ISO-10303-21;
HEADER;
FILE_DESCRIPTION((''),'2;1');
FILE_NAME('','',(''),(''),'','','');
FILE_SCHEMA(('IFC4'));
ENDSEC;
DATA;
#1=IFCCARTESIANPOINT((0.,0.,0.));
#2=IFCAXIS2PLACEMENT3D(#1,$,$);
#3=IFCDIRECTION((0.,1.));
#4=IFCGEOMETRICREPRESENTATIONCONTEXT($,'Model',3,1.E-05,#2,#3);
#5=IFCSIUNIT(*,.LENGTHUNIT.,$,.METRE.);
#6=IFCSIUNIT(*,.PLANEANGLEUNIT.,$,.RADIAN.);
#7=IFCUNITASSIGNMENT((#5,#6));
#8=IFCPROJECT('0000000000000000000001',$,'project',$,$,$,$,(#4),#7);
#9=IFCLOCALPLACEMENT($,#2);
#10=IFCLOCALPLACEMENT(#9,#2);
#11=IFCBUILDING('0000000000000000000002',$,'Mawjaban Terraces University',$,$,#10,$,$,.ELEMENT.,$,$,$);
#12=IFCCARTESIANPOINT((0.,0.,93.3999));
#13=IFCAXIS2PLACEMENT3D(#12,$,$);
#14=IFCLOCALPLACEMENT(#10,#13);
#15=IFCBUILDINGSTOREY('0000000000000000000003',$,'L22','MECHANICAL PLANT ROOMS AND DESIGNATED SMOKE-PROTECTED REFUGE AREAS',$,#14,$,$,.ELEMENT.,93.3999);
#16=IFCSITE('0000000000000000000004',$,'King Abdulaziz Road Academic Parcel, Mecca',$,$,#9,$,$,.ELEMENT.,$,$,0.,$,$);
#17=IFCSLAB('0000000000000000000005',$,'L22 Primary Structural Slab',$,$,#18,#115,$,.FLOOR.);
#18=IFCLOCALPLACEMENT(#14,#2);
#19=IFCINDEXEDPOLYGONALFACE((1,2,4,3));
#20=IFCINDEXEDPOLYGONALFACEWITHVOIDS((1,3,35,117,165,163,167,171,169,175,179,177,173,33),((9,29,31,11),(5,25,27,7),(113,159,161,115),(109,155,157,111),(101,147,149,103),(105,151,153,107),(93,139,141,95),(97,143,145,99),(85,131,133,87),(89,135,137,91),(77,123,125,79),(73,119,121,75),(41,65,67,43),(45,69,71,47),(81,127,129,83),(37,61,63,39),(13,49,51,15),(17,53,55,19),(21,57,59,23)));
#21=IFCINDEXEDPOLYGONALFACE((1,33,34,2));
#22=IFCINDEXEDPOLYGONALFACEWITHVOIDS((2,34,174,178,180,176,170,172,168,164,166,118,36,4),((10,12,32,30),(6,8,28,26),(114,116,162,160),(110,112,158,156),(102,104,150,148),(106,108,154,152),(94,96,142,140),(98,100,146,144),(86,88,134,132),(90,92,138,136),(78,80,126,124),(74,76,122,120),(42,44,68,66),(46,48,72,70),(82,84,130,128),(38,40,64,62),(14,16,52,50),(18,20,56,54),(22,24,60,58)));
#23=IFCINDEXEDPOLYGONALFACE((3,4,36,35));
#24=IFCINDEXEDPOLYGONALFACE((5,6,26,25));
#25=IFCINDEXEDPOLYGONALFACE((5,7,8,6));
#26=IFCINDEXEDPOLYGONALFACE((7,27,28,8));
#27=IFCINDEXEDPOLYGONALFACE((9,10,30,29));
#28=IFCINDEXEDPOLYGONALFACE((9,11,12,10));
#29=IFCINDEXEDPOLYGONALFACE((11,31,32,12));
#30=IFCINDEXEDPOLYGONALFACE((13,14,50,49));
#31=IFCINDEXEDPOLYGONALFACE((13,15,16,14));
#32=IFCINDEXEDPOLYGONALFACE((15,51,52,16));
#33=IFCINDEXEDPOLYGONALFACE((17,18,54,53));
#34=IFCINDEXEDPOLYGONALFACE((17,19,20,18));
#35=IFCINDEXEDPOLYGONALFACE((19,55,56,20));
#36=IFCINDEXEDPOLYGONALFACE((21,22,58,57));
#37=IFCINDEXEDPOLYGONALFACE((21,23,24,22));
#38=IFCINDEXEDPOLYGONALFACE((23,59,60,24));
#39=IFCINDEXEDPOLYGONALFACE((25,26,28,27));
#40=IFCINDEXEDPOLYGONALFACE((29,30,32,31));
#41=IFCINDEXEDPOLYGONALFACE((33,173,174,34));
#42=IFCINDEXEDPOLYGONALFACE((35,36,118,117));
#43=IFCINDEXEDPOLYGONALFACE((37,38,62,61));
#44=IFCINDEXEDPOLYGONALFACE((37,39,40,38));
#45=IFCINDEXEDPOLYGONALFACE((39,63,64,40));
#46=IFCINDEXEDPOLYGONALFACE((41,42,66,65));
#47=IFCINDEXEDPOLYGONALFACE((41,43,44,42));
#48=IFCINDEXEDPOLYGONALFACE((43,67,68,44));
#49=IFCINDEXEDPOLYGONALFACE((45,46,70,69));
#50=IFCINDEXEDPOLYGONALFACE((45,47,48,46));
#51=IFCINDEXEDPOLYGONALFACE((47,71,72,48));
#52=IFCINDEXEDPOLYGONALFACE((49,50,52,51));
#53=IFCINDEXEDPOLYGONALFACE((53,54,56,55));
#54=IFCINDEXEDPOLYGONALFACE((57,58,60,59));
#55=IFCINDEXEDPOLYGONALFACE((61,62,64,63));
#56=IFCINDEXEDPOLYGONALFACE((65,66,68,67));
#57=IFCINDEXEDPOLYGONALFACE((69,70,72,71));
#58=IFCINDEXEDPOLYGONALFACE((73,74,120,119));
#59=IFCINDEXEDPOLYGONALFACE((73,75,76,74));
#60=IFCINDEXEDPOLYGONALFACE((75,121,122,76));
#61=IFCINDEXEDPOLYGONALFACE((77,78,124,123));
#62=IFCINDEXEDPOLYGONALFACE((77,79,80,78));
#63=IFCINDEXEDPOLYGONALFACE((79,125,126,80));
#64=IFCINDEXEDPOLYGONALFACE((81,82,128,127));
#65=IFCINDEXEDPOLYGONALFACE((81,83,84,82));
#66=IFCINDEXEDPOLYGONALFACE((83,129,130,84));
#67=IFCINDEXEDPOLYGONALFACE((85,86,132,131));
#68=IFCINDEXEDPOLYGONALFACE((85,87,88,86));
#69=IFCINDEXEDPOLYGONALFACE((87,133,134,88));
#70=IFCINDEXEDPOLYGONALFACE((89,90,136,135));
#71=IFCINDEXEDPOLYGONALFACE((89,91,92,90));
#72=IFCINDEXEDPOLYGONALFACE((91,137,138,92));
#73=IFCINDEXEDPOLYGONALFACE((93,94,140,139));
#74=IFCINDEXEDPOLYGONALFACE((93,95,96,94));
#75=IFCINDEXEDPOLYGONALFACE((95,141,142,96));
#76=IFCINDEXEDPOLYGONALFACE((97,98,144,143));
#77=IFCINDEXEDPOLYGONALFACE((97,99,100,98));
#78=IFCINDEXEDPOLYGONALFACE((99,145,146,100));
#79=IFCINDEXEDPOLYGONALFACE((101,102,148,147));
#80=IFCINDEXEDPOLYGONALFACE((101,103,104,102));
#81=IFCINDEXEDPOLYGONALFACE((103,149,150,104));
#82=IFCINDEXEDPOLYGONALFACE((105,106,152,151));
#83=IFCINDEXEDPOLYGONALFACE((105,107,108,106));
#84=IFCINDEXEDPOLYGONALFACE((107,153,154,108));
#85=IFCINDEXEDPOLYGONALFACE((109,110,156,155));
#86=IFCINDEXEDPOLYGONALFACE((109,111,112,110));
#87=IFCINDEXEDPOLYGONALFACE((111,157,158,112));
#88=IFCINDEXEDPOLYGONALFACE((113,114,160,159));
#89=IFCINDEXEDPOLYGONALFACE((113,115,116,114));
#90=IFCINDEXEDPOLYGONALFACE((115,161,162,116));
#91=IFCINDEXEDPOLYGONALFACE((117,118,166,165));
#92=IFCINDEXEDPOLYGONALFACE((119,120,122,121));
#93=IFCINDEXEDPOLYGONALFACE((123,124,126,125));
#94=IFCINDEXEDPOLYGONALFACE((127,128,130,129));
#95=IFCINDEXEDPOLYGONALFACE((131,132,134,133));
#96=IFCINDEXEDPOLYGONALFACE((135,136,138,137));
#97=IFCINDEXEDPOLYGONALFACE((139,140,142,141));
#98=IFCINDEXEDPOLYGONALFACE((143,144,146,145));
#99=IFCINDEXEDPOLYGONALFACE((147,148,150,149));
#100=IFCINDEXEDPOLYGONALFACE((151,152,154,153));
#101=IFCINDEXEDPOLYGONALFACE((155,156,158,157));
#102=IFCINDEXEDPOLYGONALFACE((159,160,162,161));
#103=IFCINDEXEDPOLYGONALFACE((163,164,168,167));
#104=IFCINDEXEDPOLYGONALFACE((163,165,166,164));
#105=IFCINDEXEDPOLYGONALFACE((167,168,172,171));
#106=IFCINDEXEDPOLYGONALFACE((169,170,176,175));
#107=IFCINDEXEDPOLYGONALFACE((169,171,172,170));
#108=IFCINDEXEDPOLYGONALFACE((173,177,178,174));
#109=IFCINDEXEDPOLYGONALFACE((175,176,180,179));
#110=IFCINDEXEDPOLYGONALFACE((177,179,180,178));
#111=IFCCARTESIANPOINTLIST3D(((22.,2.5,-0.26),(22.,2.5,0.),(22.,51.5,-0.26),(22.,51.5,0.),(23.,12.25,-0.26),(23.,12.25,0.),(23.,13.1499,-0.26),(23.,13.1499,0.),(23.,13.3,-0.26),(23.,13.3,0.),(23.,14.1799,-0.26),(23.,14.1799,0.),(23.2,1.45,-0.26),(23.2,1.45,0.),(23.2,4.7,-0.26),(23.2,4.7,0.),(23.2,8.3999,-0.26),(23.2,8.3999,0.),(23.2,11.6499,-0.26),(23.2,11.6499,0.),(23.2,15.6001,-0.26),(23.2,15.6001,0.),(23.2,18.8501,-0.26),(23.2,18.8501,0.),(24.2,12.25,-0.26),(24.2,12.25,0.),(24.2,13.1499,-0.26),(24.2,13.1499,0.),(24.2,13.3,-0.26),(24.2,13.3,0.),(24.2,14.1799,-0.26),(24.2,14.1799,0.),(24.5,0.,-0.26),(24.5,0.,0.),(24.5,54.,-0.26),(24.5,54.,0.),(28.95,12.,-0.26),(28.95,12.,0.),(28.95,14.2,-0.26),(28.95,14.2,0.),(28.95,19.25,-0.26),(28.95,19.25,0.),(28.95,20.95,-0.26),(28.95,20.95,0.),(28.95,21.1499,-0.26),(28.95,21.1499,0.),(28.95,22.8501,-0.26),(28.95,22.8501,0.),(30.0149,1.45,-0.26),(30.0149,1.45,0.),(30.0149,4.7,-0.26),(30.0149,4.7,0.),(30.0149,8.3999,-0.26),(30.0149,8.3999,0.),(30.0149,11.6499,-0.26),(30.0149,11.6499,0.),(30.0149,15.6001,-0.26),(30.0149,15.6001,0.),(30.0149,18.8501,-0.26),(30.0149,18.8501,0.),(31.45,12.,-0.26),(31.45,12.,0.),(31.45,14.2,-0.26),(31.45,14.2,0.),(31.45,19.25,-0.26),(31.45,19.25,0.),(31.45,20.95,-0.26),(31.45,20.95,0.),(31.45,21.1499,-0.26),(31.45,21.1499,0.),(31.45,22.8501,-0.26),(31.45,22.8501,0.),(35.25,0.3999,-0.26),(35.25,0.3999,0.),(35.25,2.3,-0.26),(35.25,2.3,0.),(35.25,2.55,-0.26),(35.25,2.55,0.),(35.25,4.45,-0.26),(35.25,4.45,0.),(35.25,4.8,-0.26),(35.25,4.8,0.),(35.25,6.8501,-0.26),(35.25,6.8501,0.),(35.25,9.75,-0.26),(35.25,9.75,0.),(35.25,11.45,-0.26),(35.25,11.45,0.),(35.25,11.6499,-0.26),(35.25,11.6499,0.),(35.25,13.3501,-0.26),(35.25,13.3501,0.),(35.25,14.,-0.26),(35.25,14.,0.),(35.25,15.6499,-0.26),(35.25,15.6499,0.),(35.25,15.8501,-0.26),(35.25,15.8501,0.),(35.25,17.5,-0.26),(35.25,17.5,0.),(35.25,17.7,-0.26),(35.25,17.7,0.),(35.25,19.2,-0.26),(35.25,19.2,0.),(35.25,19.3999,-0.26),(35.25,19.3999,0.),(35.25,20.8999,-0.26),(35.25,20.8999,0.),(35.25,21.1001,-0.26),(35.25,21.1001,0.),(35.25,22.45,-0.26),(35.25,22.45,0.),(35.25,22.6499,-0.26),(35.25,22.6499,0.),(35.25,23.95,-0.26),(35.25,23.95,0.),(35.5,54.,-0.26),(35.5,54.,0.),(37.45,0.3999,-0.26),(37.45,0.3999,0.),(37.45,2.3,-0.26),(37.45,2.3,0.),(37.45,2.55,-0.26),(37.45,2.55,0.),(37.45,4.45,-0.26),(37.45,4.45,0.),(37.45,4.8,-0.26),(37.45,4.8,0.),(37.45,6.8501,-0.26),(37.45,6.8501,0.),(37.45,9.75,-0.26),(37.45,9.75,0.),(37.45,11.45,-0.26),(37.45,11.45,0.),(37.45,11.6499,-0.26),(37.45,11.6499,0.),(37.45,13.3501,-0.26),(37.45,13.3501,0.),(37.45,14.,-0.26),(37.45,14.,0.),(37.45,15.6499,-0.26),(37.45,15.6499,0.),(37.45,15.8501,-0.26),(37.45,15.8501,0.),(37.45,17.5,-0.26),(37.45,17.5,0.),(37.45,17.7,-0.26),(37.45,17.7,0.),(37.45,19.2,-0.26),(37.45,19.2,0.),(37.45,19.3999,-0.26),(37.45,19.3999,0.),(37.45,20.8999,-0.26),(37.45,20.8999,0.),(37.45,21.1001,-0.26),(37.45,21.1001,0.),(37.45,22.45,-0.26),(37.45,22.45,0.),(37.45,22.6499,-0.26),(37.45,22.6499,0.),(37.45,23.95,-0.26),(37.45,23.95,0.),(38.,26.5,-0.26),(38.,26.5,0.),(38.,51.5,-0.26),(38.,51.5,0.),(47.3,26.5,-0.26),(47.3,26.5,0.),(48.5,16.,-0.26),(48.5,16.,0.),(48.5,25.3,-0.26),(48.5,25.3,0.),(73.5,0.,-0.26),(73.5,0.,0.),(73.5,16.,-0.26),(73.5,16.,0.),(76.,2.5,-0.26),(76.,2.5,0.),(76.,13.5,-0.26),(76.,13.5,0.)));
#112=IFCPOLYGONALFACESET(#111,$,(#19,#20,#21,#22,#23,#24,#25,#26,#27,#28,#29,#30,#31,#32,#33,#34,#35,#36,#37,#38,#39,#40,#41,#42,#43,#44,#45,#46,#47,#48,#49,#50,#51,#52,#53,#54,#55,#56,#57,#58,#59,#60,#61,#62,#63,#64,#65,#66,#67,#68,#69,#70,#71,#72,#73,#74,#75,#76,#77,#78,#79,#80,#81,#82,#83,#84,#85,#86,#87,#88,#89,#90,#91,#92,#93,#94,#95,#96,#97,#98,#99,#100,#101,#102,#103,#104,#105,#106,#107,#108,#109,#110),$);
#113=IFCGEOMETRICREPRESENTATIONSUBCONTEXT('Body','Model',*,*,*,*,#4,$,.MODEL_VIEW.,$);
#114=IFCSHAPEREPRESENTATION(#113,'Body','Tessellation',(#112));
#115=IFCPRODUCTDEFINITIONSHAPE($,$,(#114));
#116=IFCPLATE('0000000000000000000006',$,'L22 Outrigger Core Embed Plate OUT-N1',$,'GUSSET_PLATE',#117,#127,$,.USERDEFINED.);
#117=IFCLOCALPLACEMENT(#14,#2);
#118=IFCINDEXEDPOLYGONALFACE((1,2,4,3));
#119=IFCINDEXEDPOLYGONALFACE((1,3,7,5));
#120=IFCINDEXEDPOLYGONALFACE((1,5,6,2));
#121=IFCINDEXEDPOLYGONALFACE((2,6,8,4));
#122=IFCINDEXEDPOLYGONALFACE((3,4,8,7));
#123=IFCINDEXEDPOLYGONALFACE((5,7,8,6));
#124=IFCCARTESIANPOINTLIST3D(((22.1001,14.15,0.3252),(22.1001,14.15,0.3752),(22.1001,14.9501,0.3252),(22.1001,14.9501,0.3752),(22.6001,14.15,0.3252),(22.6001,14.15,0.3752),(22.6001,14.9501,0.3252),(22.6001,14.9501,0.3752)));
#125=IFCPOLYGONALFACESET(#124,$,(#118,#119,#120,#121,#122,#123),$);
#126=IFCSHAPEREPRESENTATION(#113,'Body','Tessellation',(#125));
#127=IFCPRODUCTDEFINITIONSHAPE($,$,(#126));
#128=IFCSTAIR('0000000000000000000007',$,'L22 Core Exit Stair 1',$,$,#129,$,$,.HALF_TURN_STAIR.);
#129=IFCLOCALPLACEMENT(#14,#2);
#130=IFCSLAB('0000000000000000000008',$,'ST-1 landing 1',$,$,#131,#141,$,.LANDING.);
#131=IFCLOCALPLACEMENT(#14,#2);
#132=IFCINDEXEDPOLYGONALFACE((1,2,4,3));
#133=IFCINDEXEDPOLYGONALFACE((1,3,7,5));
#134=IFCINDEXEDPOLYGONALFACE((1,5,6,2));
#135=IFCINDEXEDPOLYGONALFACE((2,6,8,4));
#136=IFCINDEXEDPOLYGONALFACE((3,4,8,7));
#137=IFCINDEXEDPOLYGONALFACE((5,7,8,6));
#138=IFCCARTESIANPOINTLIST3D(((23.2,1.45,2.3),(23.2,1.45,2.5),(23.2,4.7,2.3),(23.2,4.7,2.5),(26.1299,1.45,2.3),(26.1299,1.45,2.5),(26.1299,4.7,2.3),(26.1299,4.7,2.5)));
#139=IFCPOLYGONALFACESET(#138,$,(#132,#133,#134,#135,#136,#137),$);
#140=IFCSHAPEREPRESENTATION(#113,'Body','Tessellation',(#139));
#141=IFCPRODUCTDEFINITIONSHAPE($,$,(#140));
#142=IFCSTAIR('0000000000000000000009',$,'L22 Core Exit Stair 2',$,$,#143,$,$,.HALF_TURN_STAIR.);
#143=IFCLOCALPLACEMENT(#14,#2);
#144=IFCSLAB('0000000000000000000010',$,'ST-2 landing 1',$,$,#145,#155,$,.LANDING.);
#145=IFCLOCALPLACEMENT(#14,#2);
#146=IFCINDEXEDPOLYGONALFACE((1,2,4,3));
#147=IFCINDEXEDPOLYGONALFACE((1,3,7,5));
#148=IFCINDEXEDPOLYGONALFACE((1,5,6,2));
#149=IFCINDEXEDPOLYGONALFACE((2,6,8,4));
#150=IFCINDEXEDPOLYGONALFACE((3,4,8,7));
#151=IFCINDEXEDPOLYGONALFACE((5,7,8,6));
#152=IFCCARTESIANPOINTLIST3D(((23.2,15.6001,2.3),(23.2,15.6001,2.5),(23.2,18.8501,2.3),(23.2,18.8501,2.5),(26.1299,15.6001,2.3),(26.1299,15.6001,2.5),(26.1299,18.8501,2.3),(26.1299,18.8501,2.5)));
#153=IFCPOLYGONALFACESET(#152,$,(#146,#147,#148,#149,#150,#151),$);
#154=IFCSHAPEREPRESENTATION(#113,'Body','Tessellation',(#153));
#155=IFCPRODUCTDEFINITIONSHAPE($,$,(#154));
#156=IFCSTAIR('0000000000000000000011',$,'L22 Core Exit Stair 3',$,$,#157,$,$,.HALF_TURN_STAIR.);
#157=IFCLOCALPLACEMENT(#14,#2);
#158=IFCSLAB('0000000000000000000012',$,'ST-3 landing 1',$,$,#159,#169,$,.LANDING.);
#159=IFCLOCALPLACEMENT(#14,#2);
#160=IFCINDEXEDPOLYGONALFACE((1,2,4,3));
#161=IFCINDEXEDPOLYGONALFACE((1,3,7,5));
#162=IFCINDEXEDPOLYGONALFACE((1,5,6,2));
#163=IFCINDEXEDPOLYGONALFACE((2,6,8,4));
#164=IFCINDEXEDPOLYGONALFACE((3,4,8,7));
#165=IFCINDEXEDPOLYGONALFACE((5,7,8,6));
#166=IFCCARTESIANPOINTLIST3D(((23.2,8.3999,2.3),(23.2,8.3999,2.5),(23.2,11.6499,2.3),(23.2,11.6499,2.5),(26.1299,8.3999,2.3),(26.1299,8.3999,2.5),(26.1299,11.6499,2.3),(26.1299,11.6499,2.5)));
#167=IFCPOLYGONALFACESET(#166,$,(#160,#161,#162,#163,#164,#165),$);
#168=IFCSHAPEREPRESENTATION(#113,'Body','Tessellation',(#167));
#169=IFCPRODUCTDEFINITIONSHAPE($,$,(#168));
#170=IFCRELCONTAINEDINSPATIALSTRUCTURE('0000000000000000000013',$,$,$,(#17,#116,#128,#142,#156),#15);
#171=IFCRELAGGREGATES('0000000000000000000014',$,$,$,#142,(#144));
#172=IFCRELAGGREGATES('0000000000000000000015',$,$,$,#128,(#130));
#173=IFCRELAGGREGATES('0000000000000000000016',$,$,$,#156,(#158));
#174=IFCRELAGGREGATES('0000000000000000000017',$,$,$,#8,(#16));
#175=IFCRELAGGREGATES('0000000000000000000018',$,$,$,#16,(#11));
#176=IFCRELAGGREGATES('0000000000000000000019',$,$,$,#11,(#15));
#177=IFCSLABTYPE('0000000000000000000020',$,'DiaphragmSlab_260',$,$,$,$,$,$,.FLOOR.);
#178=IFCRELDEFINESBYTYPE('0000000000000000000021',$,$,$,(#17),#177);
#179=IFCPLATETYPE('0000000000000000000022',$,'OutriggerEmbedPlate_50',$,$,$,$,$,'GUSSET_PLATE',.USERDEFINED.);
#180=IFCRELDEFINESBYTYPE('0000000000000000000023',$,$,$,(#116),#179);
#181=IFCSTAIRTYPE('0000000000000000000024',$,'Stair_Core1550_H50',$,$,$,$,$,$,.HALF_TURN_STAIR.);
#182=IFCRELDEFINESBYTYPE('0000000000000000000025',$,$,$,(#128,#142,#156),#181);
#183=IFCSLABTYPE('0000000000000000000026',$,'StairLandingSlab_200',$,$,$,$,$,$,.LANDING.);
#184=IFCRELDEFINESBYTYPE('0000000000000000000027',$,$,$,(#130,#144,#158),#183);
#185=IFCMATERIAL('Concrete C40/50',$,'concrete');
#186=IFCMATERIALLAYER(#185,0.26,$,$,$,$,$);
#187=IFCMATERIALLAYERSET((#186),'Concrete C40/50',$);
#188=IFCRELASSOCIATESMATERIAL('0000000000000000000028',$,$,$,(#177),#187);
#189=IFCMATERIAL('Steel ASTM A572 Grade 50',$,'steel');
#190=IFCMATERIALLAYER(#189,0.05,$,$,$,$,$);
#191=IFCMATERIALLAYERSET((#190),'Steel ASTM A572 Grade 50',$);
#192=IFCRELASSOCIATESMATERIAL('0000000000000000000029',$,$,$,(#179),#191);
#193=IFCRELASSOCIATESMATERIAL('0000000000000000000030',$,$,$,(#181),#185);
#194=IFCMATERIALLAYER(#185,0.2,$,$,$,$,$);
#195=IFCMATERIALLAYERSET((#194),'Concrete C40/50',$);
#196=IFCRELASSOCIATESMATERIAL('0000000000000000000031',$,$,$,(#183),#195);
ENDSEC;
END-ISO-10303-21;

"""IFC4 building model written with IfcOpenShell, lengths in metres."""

from ifc_helpers import new_model, si_unit, direction, frame, origin, origin_2d, place, context, subcontext, project, spatial, polyline, rectangle, outline, extrude, material, layer, layer_set, type_object, element, aggregate, save


model = new_model("IFC4")

# Units and contexts
model_context = context("Model", 3, precision=1e-05, world=origin(), true_north=direction((0.0, 1.0)))
body_context = subcontext(model_context, "Body", "Model", "MODEL_VIEW")
ifc_project = project(units=[si_unit("LENGTHUNIT", "METRE"), si_unit("PLANEANGLEUNIT", "RADIAN")], contexts=[model_context])

# Site, building, storey
site_placement = place(None, origin())
site = spatial("IfcSite", under=ifc_project, at=site_placement, Name="King Abdulaziz Road Academic Parcel, Mecca", CompositionType="ELEMENT", RefElevation=0.0)
building_placement = place(site_placement, origin())
building = spatial("IfcBuilding", under=site, at=building_placement, Name="Mawjaban Terraces University", CompositionType="ELEMENT")
storey_placement = place(building_placement, frame((0.0, 0.0, 93.3999)))
storey = spatial("IfcBuildingStorey", under=building, at=storey_placement, Name="L22", Description="MECHANICAL PLANT ROOMS AND DESIGNATED SMOKE-PROTECTED REFUGE AREAS", CompositionType="ELEMENT", Elevation=93.3999)

# Shared definitions
ifc_material_1 = material(Name="Steel ASTM A572 Grade 50", Category="steel")

# Slab
ifc_material_2 = material(Name="Concrete C40/50", Category="concrete")
ifc_layer_1 = layer(ifc_material_2, 0.26)
ifc_layer_set_1 = layer_set([ifc_layer_1], Name="Concrete C40/50")
slab_type_1 = type_object("IfcSlabType", Name="DiaphragmSlab_260", PredefinedType="FLOOR", material=ifc_layer_set_1)
slab_1_placement = place(storey_placement, frame((0.0, 0.0, -0.26)))
element("IfcSlab", 1, at=slab_1_placement, inside=storey, type_object=slab_type_1, Name="L22 Primary Structural Slab", PredefinedType="FLOOR", context=body_context, shape_type="SweptSolid", body=[
    extrude(outline(polyline([(24.5, 0.0), (73.5, 0.0), (76.0, 2.5), (76.0, 13.5), (73.5, 16.0), (48.5, 16.0), (48.5, 25.3), (47.3, 26.5), (38.0, 26.5), (38.0, 51.5), (35.5, 54.0), (24.5, 54.0), (22.0, 51.5), (22.0, 2.5), (24.5, 0.0)]), holes=[polyline([(30.0149, 4.7), (23.2, 4.7), (23.2, 1.45), (30.0149, 1.45), (30.0149, 4.7)]), polyline([(30.0149, 18.8501), (23.2, 18.8501), (23.2, 15.6001), (30.0149, 15.6001), (30.0149, 18.8501)]), polyline([(30.0149, 11.6499), (23.2, 11.6499), (23.2, 8.3999), (30.0149, 8.3999), (30.0149, 11.6499)]), polyline([(35.25, 0.3999), (37.45, 0.3999), (37.45, 2.3), (35.25, 2.3), (35.25, 0.3999)]), polyline([(35.25, 2.55), (37.45, 2.55), (37.45, 4.45), (35.25, 4.45), (35.25, 2.55)]), polyline([(35.25, 4.8), (37.45, 4.8), (37.45, 6.8501), (35.25, 6.8501), (35.25, 4.8)]), polyline([(35.25, 9.75), (37.45, 9.75), (37.45, 11.45), (35.25, 11.45), (35.25, 9.75)]), polyline([(35.25, 11.6499), (37.45, 11.6499), (37.45, 13.3501), (35.25, 13.3501), (35.25, 11.6499)]), polyline([(28.95, 12.0), (31.45, 12.0), (31.45, 14.2), (28.95, 14.2), (28.95, 12.0)]), polyline([(35.25, 14.0), (37.45, 14.0), (37.45, 15.6499), (35.25, 15.6499), (35.25, 14.0)]), polyline([(35.25, 15.8501), (37.45, 15.8501), (37.45, 17.5), (35.25, 17.5), (35.25, 15.8501)]), polyline([(35.25, 17.7), (37.45, 17.7), (37.45, 19.2), (35.25, 19.2), (35.25, 17.7)]), polyline([(35.25, 19.3999), (37.45, 19.3999), (37.45, 20.8999), (35.25, 20.8999), (35.25, 19.3999)]), polyline([(28.95, 19.25), (31.45, 19.25), (31.45, 20.95), (28.95, 20.95), (28.95, 19.25)]), polyline([(35.25, 21.1001), (37.45, 21.1001), (37.45, 22.45), (35.25, 22.45), (35.25, 21.1001)]), polyline([(35.25, 22.6499), (37.45, 22.6499), (37.45, 23.95), (35.25, 23.95), (35.25, 22.6499)]), polyline([(28.95, 21.1499), (31.45, 21.1499), (31.45, 22.8501), (28.95, 22.8501), (28.95, 21.1499)]), polyline([(23.0, 12.25), (24.2, 12.25), (24.2, 13.1499), (23.0, 13.1499), (23.0, 12.25)]), polyline([(23.0, 13.3), (24.2, 13.3), (24.2, 14.1799), (23.0, 14.1799), (23.0, 13.3)])]), origin(), (0.0, 0.0, 1.0), 0.26),
])

# Plate
ifc_layer_2 = layer(ifc_material_1, 0.05)
ifc_layer_set_2 = layer_set([ifc_layer_2], Name="Steel ASTM A572 Grade 50")
plate_type = type_object("IfcPlateType", Name="OutriggerEmbedPlate_50", ElementType="GUSSET_PLATE", PredefinedType="USERDEFINED", material=ifc_layer_set_2)
plate_placement = place(storey_placement, frame((22.3501, 14.55, 0.3252), z_axis=(0.0, 0.0, 1.0), x_axis=(0.0, 1.0, 0.0)))
element("IfcPlate", 2, at=plate_placement, inside=storey, type_object=plate_type, Name="L22 Outrigger Core Embed Plate OUT-N1", ObjectType="GUSSET_PLATE", PredefinedType="USERDEFINED", context=body_context, shape_type="SweptSolid", body=[
    extrude(rectangle(XDim=0.8, YDim=0.5, at=origin_2d()), origin(), (0.0, 0.0, 1.0), 0.05),
])

# Stairs, slabs
stair_type = type_object("IfcStairType", Name="Stair_Core1550_H50", PredefinedType="HALF_TURN_STAIR", material=ifc_material_2)
stair_1_placement = place(storey_placement, origin())
stair_1 = element("IfcStair", 3, at=stair_1_placement, inside=storey, type_object=stair_type, Name="L22 Core Exit Stair 1", PredefinedType="HALF_TURN_STAIR")
ifc_layer_3 = layer(ifc_material_2, 0.2)
ifc_layer_set_3 = layer_set([ifc_layer_3], Name="Concrete C40/50")
slab_type_2 = type_object("IfcSlabType", Name="StairLandingSlab_200", PredefinedType="LANDING", material=ifc_layer_set_3)
slab_2_placement = place(storey_placement, frame((0.0, 0.0, 2.3)))
slab_2 = element("IfcSlab", 4, at=slab_2_placement, type_object=slab_type_2, Name="ST-1 landing 1", PredefinedType="LANDING", context=body_context, shape_type="SweptSolid", body=[
    extrude(outline(polyline([(26.1299, 4.7), (23.2, 4.7), (23.2, 1.45), (26.1299, 1.45), (26.1299, 4.7)])), origin(), (0.0, 0.0, 1.0), 0.2),
])
stair_2_placement = place(storey_placement, origin())
stair_2 = element("IfcStair", 5, at=stair_2_placement, inside=storey, type_object=stair_type, Name="L22 Core Exit Stair 2", PredefinedType="HALF_TURN_STAIR")
slab_3_placement = place(storey_placement, frame((0.0, 0.0, 2.3)))
slab_3 = element("IfcSlab", 6, at=slab_3_placement, type_object=slab_type_2, Name="ST-2 landing 1", PredefinedType="LANDING", context=body_context, shape_type="SweptSolid", body=[
    extrude(outline(polyline([(26.1299, 18.8501), (23.2, 18.8501), (23.2, 15.6001), (26.1299, 15.6001), (26.1299, 18.8501)])), origin(), (0.0, 0.0, 1.0), 0.2),
])
aggregate(stair_2, [slab_3])
stair_3_placement = place(storey_placement, origin())
stair_3 = element("IfcStair", 7, at=stair_3_placement, inside=storey, type_object=stair_type, Name="L22 Core Exit Stair 3", PredefinedType="HALF_TURN_STAIR")
slab_4_placement = place(storey_placement, frame((0.0, 0.0, 2.3)))
slab_4 = element("IfcSlab", 8, at=slab_4_placement, type_object=slab_type_2, Name="ST-3 landing 1", PredefinedType="LANDING", context=body_context, shape_type="SweptSolid", body=[
    extrude(outline(polyline([(26.1299, 11.6499), (23.2, 11.6499), (23.2, 8.3999), (26.1299, 8.3999), (26.1299, 11.6499)])), origin(), (0.0, 0.0, 1.0), 0.2),
])

aggregate(stair_1, [slab_2])
aggregate(stair_3, [slab_4])

save(model, "model.ifc")
